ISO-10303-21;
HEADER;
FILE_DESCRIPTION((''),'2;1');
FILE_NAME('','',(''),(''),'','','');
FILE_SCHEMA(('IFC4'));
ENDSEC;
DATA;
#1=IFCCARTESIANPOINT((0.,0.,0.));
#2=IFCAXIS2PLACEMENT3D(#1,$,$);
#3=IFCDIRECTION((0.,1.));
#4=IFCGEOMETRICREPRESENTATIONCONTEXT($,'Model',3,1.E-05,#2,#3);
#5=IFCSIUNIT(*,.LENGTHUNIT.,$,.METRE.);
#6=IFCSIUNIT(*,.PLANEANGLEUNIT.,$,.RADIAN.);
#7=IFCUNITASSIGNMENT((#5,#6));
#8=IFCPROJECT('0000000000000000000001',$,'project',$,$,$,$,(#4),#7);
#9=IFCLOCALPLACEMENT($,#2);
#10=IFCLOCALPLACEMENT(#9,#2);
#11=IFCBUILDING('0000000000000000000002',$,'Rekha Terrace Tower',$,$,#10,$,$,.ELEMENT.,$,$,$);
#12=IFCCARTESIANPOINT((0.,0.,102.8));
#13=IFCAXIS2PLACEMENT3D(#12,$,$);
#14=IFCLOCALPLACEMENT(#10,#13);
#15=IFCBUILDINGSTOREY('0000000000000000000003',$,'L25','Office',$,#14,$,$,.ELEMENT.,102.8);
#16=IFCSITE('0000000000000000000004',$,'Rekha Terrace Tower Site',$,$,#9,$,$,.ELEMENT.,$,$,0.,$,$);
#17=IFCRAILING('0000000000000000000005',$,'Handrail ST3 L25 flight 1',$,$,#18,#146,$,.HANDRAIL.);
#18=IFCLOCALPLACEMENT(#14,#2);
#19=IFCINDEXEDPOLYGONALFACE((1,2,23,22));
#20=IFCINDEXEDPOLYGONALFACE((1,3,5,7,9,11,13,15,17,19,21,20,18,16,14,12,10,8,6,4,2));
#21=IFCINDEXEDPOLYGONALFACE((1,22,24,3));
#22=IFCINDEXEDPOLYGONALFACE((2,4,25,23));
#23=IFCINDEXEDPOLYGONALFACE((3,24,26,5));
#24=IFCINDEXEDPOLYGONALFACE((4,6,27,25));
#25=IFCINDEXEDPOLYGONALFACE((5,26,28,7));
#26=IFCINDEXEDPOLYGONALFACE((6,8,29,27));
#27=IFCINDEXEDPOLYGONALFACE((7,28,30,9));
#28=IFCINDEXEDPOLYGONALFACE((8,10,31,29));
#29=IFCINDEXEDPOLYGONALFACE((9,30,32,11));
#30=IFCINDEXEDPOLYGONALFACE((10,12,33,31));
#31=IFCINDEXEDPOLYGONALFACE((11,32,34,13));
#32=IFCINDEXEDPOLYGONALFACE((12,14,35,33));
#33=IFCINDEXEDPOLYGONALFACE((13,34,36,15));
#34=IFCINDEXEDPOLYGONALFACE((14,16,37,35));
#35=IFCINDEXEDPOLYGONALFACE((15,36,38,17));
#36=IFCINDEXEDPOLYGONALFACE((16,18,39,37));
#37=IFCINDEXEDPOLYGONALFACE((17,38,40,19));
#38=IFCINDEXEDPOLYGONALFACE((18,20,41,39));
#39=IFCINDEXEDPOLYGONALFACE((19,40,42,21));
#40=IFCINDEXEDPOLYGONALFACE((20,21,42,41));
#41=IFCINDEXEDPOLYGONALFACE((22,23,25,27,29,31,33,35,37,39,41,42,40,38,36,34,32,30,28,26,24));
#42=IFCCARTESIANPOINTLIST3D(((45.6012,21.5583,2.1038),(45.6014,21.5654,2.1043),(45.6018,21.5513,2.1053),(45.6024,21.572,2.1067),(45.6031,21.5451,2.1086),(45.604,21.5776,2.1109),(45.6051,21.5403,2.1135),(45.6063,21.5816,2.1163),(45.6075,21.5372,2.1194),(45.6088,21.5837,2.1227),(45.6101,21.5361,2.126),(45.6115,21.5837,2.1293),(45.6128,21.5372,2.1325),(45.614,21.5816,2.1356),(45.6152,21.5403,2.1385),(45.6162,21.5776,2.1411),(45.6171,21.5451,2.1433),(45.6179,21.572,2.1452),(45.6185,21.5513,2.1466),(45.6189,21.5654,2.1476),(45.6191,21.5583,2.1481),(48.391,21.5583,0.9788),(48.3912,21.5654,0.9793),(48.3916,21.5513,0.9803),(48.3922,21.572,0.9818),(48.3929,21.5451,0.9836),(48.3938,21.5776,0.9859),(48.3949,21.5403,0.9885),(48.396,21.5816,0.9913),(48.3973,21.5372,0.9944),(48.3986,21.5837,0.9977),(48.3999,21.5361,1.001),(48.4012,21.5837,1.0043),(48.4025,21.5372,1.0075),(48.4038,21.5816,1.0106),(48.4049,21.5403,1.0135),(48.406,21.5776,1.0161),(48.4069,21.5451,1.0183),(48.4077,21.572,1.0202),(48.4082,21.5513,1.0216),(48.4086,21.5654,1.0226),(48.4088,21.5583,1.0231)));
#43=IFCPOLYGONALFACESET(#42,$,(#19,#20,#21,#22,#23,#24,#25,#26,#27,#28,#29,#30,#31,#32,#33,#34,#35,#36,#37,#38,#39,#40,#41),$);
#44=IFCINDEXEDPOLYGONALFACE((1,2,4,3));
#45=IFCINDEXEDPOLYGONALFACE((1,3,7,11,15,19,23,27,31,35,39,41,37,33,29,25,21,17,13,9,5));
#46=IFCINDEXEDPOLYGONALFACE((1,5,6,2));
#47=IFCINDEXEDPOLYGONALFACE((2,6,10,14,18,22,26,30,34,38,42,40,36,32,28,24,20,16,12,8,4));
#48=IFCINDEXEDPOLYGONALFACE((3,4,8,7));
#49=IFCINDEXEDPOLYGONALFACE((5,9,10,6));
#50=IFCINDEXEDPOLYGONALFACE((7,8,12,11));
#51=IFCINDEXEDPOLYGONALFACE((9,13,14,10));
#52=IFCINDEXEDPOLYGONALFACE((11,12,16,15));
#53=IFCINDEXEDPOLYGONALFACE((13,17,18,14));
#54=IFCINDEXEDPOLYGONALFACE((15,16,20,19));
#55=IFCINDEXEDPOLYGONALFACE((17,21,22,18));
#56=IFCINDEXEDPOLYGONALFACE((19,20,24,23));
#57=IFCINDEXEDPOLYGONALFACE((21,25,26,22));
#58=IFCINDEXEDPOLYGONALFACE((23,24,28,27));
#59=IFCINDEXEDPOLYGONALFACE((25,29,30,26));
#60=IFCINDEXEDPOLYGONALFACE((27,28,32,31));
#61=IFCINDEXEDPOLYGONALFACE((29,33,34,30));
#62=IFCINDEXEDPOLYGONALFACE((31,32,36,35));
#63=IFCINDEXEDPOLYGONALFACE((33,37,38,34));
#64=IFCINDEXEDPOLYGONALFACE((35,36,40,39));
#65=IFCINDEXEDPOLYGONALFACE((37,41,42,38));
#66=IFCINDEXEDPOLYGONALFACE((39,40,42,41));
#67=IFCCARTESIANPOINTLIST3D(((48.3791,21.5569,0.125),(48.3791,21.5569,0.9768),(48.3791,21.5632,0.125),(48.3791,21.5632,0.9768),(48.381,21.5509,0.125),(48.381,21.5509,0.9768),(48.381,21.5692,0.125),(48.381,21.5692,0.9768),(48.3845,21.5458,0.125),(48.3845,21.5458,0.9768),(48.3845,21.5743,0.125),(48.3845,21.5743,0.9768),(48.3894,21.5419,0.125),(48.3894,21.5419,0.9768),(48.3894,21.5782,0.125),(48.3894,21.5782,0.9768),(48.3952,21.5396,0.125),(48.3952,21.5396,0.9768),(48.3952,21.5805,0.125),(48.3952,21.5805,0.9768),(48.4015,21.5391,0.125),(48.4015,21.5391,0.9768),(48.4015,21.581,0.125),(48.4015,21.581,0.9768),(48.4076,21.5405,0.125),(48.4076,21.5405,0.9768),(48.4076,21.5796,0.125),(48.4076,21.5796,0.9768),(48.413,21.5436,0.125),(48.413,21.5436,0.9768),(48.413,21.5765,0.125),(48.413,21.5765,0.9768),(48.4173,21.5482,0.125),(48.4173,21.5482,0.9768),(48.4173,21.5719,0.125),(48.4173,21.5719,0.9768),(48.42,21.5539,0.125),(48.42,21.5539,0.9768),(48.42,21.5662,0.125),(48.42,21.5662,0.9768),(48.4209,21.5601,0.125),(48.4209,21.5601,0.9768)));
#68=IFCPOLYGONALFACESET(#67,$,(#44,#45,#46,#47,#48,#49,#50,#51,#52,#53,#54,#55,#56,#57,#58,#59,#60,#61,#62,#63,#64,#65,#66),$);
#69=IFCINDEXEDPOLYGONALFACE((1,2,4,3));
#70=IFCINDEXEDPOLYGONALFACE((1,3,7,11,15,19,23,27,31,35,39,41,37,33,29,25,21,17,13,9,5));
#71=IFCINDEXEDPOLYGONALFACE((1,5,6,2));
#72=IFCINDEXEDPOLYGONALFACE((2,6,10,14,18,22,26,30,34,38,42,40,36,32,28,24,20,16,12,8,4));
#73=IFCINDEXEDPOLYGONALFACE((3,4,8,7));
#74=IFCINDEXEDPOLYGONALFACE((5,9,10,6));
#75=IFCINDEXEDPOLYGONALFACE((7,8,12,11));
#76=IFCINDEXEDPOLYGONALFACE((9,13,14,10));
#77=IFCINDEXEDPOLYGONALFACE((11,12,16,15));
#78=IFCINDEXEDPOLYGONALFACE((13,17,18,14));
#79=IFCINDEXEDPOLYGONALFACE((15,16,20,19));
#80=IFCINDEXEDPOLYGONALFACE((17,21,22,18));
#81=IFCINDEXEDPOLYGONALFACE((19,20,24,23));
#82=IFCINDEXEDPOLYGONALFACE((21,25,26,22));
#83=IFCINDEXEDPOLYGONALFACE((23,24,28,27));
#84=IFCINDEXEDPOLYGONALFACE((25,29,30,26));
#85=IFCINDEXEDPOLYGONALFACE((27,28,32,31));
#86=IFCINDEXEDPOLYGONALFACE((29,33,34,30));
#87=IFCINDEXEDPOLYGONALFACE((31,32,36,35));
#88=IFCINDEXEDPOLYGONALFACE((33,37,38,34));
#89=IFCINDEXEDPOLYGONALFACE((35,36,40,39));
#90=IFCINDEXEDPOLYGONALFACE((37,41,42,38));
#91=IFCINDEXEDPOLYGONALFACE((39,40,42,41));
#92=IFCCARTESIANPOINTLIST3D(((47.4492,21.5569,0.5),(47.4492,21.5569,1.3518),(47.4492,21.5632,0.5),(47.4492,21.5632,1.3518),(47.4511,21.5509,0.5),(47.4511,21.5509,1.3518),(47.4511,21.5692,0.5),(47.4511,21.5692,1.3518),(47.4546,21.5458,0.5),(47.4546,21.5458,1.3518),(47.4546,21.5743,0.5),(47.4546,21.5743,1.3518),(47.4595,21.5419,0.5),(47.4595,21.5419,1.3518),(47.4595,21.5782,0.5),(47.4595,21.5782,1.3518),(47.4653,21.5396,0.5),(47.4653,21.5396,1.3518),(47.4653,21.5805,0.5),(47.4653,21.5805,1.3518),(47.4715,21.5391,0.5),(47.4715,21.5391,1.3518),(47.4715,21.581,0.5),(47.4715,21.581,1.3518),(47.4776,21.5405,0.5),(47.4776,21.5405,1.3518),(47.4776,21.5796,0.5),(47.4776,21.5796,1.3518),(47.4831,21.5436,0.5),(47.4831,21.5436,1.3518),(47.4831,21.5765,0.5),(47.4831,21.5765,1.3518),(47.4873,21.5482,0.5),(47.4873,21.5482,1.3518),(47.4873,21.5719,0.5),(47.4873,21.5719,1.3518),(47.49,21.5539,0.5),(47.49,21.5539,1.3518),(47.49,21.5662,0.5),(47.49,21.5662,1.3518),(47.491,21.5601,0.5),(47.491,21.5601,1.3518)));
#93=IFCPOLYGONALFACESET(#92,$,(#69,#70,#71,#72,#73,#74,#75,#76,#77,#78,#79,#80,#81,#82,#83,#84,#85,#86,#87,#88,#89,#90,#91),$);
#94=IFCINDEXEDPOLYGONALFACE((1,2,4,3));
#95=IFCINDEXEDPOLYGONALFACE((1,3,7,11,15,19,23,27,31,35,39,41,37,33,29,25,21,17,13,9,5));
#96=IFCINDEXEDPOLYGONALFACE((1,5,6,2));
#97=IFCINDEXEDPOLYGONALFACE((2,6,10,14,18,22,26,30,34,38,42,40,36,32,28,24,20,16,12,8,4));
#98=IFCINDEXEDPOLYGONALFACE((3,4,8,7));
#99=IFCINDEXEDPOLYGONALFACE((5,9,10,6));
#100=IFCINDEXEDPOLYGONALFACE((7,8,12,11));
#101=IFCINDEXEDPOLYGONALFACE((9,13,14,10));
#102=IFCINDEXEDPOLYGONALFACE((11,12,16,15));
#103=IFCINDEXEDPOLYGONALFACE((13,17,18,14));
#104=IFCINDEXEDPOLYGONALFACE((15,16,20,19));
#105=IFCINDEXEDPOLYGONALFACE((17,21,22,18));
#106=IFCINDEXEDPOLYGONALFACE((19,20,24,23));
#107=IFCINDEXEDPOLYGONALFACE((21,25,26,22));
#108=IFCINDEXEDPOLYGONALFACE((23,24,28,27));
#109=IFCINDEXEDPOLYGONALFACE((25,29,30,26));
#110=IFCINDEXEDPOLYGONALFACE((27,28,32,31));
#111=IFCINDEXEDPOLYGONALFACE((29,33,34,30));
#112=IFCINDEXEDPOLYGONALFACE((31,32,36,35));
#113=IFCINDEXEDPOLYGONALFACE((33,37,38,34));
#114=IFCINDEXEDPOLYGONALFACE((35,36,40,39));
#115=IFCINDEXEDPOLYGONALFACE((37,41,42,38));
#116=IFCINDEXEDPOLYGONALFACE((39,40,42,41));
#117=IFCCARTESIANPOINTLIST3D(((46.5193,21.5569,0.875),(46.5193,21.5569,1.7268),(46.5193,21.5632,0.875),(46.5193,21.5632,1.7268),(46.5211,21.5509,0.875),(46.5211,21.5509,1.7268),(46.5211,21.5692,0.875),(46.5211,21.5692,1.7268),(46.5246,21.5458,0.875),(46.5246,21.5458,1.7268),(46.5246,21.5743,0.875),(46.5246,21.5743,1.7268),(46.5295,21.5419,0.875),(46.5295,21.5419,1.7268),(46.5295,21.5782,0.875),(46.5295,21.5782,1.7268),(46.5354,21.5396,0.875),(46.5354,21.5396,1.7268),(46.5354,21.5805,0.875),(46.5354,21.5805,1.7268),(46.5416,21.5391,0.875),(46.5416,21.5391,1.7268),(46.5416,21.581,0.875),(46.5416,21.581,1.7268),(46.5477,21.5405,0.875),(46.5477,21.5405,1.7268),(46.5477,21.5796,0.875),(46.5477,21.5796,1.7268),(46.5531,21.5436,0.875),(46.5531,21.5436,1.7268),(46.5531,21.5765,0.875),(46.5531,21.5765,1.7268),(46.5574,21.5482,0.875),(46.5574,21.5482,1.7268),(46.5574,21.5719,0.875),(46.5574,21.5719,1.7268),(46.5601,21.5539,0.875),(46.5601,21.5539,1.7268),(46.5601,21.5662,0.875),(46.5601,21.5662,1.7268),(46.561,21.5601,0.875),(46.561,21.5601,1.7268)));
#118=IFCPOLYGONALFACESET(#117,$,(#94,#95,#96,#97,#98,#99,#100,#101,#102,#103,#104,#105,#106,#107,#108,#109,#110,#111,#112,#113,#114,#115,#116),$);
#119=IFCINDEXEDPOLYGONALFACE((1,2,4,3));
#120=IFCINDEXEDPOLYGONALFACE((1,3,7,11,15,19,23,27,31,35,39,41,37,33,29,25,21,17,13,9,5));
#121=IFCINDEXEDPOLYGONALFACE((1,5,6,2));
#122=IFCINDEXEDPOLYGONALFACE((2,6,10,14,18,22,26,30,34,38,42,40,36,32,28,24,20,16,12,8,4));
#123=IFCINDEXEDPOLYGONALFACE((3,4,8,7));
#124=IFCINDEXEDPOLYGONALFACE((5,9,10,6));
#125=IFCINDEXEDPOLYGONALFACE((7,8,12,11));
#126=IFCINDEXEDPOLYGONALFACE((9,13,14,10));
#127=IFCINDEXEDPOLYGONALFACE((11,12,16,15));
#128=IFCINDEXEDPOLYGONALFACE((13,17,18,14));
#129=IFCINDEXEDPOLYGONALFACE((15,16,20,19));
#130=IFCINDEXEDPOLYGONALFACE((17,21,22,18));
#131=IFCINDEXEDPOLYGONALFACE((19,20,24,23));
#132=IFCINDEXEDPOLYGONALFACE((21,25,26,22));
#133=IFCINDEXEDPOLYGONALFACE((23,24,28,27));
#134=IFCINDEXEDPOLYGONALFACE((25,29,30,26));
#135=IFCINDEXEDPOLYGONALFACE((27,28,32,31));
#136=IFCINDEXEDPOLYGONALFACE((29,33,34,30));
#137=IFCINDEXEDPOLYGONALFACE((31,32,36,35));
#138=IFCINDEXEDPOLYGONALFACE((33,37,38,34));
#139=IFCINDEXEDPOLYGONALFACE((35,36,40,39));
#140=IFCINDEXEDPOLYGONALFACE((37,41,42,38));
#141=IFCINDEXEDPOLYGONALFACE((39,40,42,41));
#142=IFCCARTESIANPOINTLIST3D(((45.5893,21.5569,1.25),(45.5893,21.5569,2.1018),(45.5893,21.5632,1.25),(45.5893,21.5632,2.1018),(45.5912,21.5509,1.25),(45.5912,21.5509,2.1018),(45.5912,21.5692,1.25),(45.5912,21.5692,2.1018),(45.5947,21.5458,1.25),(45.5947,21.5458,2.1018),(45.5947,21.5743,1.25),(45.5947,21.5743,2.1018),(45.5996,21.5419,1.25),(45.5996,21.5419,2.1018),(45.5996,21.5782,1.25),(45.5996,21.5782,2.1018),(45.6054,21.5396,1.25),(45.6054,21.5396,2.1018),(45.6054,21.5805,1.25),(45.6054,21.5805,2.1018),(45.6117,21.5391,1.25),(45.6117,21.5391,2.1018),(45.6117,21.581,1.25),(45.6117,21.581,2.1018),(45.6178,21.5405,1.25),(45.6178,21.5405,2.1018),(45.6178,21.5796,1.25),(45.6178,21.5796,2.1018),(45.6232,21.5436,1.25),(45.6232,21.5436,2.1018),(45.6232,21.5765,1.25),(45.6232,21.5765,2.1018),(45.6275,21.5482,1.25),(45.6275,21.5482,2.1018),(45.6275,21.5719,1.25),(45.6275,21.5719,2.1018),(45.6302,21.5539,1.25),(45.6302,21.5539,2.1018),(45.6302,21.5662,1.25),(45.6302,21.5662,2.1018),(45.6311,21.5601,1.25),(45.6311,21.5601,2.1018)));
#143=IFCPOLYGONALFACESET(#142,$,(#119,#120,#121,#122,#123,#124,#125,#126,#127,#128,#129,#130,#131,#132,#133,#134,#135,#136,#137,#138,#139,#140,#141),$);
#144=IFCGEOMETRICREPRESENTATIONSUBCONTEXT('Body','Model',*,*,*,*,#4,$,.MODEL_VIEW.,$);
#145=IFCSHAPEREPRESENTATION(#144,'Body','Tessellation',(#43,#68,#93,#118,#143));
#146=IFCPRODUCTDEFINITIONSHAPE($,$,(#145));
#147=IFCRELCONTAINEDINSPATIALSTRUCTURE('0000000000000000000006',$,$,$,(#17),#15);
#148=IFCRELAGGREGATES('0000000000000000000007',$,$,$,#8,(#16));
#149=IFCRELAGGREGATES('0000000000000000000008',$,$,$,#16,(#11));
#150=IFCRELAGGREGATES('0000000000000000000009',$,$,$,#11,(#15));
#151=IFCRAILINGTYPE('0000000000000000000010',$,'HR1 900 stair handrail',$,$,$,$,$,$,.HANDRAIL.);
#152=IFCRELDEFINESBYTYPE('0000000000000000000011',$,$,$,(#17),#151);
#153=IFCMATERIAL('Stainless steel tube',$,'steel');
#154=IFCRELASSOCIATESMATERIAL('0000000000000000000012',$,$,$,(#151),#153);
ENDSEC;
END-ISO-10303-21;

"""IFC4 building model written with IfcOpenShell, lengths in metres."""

from ifc_helpers import new_model, si_unit, direction, frame, origin, origin_2d, place, context, subcontext, project, spatial, circle, extrude, material, type_object, element, save


model = new_model("IFC4")

# Units and contexts
model_context = context("Model", 3, precision=1e-05, world=origin(), true_north=direction((0.0, 1.0)))
body_context = subcontext(model_context, "Body", "Model", "MODEL_VIEW")
ifc_project = project(units=[si_unit("LENGTHUNIT", "METRE"), si_unit("PLANEANGLEUNIT", "RADIAN")], contexts=[model_context])

# Site, building, storey
site_placement = place(None, origin())
site = spatial("IfcSite", under=ifc_project, at=site_placement, Name="Rekha Terrace Tower Site", CompositionType="ELEMENT", RefElevation=0.0)
building_placement = place(site_placement, origin())
building = spatial("IfcBuilding", under=site, at=building_placement, Name="Rekha Terrace Tower", CompositionType="ELEMENT")
storey_placement = place(building_placement, frame((0.0, 0.0, 102.8)))
storey = spatial("IfcBuildingStorey", under=building, at=storey_placement, Name="L25", Description="Office", CompositionType="ELEMENT", Elevation=102.8)

# Railing
ifc_material_1 = material(Name="Stainless steel tube", Category="steel")
railing_type = type_object("IfcRailingType", Name="HR1 900 stair handrail", PredefinedType="HANDRAIL", material=ifc_material_1)
railing_placement = place(storey_placement, frame((48.3999, 21.5601, 0.125)))
element("IfcRailing", 1, at=railing_placement, inside=storey, type_object=railing_type, Name="Handrail ST3 L25 flight 1", PredefinedType="HANDRAIL", context=body_context, shape_type="SweptSolid", body=[
    extrude(circle(Radius=0.0239, at=origin_2d()), frame((0.0, 0.0, 0.876), z_axis=(-0.927432, 0.0, 0.373992), x_axis=(0.0, -1.0, 0.0)), (0.0, 0.0, 1.0), 3.0081),
    extrude(circle(Radius=0.021, at=origin_2d()), origin(), (0.0, 0.0, 1.0), 0.8518),
    extrude(circle(Radius=0.021, at=origin_2d()), frame((-0.9299, 0.0, 0.375)), (0.0, 0.0, 1.0), 0.8518),
    extrude(circle(Radius=0.021, at=origin_2d()), frame((-1.8599, 0.0, 0.75)), (0.0, 0.0, 1.0), 0.8518),
    extrude(circle(Radius=0.021, at=origin_2d()), frame((-2.7898, 0.0, 1.125)), (0.0, 0.0, 1.0), 0.8518),
])

save(model, "model.ifc")
